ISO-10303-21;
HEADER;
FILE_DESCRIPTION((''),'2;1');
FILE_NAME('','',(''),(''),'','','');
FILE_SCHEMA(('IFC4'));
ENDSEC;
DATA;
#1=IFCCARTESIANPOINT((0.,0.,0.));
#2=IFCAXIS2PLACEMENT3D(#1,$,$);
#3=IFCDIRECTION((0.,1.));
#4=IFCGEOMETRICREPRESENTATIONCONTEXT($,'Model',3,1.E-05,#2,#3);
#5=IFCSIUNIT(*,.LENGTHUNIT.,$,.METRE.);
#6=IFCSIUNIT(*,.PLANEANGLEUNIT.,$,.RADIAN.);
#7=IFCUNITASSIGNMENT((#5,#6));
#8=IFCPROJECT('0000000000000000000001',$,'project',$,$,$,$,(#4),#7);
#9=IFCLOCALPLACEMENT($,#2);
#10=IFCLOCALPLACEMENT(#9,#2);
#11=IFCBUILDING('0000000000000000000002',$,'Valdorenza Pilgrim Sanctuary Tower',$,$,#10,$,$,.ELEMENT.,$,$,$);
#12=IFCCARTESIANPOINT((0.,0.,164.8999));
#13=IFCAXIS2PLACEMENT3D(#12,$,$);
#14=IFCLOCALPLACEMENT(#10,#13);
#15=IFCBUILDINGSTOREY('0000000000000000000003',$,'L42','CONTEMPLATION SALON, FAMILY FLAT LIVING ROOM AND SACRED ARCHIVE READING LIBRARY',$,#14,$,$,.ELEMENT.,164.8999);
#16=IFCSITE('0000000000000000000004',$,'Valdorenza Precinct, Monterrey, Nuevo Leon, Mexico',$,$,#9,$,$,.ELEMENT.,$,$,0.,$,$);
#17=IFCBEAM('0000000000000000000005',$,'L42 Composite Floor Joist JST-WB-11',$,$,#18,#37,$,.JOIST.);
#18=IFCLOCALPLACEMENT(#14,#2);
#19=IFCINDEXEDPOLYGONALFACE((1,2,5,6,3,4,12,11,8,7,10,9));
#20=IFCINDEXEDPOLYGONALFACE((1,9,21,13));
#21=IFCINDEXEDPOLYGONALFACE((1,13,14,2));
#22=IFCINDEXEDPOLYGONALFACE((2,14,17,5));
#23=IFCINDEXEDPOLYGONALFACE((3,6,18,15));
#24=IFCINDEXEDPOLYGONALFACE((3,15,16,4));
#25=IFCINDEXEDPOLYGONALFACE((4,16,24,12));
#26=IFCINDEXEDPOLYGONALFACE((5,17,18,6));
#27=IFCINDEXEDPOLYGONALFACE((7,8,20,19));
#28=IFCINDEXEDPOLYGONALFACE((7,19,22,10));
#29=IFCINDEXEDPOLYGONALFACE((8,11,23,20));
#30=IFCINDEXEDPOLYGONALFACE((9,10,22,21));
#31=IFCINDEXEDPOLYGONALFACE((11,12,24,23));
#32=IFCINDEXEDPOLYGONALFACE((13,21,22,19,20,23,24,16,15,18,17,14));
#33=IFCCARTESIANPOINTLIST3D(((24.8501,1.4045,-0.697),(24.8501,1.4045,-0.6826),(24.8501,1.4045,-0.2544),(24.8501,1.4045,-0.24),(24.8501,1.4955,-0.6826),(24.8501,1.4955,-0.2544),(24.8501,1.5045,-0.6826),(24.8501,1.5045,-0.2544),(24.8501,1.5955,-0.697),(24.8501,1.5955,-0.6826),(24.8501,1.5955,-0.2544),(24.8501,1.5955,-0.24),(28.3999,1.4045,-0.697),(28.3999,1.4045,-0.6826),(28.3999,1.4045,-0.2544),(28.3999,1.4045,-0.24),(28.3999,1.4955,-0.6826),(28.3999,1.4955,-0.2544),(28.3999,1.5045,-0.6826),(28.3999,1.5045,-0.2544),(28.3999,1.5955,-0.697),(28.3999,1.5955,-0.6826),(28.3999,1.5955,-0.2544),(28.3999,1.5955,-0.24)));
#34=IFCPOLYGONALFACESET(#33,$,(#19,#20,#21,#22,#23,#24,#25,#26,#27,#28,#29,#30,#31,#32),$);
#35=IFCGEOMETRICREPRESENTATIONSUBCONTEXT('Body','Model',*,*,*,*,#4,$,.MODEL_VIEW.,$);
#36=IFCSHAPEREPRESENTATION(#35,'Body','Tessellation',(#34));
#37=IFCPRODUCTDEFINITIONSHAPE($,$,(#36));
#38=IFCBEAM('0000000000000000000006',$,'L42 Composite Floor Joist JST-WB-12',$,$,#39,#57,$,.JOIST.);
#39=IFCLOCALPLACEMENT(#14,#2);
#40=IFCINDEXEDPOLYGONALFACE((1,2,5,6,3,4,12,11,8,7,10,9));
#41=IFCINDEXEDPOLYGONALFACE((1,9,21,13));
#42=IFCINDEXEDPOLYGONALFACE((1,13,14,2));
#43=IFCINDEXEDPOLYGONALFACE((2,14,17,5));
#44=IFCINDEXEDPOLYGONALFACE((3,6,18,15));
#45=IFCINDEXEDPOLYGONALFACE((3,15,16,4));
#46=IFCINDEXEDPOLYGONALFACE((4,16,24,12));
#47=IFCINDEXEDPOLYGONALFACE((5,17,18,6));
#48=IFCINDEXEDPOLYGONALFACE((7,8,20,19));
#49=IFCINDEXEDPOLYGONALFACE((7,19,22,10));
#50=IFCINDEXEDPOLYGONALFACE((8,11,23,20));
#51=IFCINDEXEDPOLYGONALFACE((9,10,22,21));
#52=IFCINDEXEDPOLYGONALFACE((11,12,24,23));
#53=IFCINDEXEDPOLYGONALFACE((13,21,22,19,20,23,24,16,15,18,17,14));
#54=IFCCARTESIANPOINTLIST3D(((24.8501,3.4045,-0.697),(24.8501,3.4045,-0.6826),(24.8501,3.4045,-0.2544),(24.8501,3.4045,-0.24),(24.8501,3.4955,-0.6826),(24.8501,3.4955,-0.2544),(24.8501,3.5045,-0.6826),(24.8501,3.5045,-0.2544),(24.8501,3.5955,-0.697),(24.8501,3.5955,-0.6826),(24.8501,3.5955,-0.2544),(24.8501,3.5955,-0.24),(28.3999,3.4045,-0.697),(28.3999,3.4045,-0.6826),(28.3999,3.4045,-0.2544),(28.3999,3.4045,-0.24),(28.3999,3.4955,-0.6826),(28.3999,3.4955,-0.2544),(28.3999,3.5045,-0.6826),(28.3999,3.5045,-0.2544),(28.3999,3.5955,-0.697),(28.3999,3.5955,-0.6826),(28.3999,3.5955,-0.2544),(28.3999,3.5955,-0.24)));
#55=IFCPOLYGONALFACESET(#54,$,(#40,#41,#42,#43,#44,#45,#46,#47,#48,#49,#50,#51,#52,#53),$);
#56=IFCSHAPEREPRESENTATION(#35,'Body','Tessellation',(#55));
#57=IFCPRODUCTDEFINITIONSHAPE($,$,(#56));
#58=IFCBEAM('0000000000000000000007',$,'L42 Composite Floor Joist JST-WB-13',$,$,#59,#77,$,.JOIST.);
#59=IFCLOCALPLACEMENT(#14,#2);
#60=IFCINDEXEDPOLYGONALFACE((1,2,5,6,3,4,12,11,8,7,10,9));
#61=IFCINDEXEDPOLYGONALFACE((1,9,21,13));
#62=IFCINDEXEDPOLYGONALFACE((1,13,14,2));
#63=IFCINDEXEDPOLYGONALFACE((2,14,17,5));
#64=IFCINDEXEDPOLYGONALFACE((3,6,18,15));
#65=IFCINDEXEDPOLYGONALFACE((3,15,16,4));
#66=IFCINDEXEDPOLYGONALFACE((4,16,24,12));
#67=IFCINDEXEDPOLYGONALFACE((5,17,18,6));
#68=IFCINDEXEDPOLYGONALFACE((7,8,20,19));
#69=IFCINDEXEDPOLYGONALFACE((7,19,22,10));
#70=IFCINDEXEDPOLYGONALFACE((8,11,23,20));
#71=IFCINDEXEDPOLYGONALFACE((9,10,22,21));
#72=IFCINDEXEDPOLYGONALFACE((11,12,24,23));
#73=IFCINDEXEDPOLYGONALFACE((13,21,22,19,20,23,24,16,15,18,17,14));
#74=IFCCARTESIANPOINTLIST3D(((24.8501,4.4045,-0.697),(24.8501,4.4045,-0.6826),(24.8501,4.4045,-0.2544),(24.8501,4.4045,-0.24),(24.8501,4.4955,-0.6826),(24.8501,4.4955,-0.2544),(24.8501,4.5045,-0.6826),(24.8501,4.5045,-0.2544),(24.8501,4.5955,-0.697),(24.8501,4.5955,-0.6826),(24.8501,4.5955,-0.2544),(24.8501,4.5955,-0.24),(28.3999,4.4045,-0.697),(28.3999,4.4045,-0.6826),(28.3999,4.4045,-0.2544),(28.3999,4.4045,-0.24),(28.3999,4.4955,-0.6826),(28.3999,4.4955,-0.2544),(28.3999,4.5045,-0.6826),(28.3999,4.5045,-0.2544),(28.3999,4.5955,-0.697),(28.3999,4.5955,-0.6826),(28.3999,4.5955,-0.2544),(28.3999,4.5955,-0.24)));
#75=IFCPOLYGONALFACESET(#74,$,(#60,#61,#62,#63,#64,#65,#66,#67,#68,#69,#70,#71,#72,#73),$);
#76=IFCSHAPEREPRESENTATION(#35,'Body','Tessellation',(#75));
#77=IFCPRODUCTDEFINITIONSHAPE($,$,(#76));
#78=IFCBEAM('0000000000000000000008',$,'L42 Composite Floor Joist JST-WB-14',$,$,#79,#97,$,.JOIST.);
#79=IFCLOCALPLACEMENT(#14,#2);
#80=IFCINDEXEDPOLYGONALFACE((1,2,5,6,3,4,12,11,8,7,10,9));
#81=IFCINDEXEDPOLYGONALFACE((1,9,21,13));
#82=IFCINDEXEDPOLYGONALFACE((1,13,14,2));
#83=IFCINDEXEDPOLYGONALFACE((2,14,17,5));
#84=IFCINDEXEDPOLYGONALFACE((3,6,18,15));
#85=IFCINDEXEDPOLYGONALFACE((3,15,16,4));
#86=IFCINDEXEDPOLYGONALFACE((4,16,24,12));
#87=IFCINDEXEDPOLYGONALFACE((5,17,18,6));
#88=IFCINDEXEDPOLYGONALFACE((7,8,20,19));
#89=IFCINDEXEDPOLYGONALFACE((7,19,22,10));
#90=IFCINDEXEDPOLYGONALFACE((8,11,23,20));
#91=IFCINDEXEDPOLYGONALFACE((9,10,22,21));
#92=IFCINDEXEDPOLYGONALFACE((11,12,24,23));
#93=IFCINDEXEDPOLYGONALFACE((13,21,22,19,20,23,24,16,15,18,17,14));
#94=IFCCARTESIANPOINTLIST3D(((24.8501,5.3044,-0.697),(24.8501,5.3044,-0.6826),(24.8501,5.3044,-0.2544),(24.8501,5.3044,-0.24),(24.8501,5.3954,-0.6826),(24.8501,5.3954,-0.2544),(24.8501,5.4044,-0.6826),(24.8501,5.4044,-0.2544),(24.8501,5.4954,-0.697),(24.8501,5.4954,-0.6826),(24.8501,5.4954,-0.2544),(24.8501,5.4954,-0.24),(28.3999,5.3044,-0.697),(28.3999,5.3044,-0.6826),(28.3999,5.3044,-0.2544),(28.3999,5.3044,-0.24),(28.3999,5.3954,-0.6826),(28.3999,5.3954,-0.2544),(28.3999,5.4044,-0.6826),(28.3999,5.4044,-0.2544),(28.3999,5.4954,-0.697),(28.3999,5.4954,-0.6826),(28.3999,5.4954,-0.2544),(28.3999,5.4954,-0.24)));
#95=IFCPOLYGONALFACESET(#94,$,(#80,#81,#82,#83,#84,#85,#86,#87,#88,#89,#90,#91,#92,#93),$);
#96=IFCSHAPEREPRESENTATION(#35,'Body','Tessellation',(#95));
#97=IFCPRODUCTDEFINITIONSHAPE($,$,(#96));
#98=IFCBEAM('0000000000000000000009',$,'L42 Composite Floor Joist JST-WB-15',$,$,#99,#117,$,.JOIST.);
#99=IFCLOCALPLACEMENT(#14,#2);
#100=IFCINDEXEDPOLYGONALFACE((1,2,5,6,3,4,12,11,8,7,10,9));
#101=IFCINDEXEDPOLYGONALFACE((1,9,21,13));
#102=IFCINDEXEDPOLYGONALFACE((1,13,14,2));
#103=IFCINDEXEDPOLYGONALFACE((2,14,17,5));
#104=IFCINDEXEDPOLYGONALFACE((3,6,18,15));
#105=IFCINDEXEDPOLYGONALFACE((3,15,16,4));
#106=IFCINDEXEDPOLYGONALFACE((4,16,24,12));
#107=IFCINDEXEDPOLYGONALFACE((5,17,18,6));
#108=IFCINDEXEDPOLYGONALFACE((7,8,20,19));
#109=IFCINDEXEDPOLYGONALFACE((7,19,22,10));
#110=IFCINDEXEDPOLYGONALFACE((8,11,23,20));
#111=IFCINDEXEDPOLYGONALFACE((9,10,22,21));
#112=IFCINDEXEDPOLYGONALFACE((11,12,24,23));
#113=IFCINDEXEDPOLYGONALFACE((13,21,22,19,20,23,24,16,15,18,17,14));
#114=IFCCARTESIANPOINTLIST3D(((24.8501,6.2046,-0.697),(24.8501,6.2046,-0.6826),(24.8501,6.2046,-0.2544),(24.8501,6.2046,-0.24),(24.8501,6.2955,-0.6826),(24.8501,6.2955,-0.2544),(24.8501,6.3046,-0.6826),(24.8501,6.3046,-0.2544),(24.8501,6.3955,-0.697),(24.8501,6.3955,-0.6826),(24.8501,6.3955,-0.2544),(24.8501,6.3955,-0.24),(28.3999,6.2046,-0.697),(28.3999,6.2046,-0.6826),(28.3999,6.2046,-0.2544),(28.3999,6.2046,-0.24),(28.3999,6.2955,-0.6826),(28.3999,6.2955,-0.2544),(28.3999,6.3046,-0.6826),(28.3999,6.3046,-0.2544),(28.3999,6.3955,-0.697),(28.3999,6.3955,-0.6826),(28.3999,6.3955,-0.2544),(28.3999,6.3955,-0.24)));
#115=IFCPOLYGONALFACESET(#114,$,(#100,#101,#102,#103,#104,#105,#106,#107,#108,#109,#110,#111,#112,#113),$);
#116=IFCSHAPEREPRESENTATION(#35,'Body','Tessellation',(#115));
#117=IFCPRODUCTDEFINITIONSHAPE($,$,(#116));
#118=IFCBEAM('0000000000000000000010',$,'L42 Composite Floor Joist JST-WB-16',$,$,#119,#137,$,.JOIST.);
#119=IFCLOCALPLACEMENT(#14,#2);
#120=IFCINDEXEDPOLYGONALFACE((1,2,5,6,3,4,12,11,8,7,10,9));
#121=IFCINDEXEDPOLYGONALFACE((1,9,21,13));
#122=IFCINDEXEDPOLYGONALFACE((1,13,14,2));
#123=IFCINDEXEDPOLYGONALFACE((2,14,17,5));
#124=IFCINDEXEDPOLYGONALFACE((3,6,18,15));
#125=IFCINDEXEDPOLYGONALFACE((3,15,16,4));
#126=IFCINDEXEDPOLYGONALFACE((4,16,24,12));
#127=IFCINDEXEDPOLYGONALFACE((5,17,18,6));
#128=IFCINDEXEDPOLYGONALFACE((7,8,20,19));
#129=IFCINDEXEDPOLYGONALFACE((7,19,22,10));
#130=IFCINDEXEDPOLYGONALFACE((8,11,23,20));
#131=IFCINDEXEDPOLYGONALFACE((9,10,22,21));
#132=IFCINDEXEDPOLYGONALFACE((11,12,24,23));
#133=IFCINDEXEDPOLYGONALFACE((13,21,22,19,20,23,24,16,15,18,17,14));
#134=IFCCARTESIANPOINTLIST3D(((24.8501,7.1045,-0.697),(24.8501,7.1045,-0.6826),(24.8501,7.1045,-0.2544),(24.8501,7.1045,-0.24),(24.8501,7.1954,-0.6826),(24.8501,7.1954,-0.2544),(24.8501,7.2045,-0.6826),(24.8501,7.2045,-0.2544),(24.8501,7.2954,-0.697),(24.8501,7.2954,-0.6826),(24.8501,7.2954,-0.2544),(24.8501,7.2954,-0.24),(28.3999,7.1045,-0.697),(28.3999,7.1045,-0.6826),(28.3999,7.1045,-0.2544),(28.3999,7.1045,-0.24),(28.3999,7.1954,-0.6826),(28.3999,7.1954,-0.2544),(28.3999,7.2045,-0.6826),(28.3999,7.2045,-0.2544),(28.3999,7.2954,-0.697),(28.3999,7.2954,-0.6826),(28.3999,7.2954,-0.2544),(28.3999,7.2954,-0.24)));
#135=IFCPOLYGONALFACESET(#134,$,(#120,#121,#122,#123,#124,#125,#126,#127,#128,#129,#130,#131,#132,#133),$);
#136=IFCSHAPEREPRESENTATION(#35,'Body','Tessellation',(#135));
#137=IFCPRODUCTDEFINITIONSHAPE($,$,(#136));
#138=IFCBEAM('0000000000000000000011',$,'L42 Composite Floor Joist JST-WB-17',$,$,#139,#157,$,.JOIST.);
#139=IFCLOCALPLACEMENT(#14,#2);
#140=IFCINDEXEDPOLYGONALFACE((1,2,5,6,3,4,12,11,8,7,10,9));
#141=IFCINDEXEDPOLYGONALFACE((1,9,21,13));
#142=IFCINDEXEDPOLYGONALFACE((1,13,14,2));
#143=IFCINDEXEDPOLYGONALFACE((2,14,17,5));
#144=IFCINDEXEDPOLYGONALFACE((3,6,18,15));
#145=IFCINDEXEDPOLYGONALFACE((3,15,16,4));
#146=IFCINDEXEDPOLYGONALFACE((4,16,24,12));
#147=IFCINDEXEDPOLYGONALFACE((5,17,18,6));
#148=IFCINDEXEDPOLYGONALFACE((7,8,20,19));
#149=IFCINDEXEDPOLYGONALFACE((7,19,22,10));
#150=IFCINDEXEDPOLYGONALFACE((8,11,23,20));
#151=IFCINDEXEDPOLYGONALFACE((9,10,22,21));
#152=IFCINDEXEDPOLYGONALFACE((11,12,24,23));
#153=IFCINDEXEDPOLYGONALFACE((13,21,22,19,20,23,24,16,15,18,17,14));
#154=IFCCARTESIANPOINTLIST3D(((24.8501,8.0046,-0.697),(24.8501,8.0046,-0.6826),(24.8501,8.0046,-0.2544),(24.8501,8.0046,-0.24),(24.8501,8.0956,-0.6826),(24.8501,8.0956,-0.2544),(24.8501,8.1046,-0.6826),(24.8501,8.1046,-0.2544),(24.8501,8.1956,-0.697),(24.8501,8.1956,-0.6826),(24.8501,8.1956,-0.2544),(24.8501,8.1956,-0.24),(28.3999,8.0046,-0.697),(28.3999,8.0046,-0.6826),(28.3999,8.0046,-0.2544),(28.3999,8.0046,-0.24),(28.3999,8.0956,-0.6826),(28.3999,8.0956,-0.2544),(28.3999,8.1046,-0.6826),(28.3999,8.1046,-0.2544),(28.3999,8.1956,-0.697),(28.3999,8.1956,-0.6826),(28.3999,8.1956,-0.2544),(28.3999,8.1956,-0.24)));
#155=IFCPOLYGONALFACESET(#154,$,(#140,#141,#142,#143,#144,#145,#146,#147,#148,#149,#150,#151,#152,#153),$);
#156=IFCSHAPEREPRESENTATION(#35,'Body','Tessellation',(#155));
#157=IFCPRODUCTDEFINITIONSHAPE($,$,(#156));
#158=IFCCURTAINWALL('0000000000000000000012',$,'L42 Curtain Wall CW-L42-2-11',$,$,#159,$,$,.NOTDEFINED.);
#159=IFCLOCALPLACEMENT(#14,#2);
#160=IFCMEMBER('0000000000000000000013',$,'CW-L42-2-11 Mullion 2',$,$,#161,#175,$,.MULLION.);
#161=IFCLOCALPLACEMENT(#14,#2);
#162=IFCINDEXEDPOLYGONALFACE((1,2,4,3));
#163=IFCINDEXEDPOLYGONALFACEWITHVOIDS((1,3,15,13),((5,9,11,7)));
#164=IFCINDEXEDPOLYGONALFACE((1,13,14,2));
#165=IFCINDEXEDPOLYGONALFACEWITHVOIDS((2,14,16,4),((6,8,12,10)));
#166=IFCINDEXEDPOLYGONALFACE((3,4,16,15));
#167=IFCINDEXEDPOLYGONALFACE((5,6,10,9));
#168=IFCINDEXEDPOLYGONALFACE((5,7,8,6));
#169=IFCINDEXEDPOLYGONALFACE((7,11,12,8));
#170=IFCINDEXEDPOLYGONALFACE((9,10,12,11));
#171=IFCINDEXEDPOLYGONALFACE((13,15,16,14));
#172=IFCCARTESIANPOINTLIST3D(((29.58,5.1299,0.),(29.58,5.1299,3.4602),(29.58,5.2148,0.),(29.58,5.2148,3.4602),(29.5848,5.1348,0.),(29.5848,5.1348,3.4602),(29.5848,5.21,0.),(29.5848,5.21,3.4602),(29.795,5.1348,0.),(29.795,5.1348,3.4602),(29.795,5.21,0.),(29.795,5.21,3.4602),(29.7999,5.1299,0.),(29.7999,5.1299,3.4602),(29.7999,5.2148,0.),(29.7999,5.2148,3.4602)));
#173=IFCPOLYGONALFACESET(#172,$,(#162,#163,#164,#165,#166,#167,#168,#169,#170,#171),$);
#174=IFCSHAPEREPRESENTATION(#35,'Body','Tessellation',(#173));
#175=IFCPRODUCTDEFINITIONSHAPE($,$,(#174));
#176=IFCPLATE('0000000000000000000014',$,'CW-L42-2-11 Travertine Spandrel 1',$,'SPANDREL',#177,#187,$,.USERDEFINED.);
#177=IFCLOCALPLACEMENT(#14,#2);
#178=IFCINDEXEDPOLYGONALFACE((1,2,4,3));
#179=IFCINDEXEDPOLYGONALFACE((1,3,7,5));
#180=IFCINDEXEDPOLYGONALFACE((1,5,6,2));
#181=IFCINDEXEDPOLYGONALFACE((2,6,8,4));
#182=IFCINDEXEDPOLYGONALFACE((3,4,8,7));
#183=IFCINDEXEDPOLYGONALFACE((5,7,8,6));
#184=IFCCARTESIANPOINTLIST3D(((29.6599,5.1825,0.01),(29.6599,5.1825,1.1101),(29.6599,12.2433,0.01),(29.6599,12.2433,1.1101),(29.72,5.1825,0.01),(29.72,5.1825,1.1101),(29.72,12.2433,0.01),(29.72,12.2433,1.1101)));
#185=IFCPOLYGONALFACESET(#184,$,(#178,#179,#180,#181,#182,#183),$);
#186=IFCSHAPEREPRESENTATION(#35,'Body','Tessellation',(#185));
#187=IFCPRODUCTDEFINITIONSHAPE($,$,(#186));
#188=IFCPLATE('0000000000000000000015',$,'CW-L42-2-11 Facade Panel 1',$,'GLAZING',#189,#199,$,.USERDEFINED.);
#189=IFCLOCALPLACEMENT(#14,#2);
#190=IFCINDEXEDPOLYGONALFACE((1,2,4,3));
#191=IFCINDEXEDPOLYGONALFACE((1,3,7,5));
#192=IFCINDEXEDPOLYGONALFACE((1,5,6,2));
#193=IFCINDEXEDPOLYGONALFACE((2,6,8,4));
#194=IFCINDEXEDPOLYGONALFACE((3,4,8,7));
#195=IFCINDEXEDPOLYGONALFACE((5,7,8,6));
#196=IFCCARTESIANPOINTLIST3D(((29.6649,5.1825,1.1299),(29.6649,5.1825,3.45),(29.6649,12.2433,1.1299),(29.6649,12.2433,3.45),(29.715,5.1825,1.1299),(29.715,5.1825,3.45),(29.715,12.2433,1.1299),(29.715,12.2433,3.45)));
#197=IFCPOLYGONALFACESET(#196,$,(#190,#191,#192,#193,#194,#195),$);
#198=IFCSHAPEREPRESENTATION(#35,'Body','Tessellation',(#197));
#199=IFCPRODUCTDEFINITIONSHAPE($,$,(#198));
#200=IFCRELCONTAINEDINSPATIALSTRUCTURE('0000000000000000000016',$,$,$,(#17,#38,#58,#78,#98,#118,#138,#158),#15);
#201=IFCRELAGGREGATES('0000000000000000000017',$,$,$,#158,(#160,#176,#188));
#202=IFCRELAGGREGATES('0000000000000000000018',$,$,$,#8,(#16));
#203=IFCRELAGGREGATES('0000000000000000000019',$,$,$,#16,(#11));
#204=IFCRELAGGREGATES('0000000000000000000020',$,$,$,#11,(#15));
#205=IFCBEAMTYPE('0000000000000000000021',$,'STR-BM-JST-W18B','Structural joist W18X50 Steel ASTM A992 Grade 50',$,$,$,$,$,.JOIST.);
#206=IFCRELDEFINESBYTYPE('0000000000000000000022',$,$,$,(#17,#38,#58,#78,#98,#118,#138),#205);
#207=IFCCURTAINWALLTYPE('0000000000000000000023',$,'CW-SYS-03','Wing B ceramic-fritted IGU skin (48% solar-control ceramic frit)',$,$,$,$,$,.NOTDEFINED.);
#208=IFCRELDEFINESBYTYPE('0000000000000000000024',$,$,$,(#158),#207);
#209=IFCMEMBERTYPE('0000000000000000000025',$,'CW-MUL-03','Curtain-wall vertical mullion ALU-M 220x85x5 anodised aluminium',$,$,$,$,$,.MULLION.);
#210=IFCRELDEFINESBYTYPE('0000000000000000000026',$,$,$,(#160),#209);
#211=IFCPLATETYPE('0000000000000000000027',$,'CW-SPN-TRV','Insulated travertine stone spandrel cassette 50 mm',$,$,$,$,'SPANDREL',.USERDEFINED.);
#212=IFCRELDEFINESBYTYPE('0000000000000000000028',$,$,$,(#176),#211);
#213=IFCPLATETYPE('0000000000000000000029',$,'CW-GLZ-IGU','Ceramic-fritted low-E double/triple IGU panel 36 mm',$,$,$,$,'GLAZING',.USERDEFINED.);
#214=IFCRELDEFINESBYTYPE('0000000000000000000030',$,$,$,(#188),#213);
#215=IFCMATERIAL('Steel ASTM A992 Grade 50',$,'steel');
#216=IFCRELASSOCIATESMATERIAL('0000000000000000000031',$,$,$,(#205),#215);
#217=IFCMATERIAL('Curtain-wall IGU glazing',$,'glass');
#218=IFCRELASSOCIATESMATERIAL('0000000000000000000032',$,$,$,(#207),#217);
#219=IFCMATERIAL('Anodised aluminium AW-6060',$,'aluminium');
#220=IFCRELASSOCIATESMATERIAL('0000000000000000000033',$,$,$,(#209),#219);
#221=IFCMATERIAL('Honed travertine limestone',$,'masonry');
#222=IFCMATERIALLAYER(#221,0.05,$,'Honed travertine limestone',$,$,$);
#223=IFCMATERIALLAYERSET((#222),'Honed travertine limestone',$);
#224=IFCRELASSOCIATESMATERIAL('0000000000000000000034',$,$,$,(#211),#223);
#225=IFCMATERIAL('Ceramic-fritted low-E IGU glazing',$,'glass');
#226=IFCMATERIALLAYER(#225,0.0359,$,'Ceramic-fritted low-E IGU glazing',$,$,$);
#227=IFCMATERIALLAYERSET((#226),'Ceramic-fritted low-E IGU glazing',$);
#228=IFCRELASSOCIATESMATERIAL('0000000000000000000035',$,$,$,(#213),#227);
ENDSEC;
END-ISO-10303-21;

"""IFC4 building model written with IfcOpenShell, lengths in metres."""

from ifc_helpers import new_model, si_unit, direction, frame, origin, origin_2d, place, context, subcontext, project, spatial, rectangle, hollow_rectangle, i_section, extrude, source, transform, mapped, material, layer, layer_set, material_profile, profile_set, type_object, element, aggregate, save


model = new_model("IFC4")

# Units and contexts
model_context = context("Model", 3, precision=1e-05, world=origin(), true_north=direction((0.0, 1.0)))
body_context = subcontext(model_context, "Body", "Model", "MODEL_VIEW")
ifc_project = project(units=[si_unit("LENGTHUNIT", "METRE"), si_unit("PLANEANGLEUNIT", "RADIAN")], contexts=[model_context])

# Site, building, storey
site_placement = place(None, origin())
site = spatial("IfcSite", under=ifc_project, at=site_placement, Name="Valdorenza Precinct, Monterrey, Nuevo Leon, Mexico", CompositionType="ELEMENT", RefElevation=0.0)
building_placement = place(site_placement, origin())
building = spatial("IfcBuilding", under=site, at=building_placement, Name="Valdorenza Pilgrim Sanctuary Tower", CompositionType="ELEMENT")
storey_placement = place(building_placement, frame((0.0, 0.0, 164.8999)))
storey = spatial("IfcBuildingStorey", under=building, at=storey_placement, Name="L42", Description="CONTEMPLATION SALON, FAMILY FLAT LIVING ROOM AND SACRED ARCHIVE READING LIBRARY", CompositionType="ELEMENT", Elevation=164.8999)

# Beams
ifc_material_1 = material(Name="Steel ASTM A992 Grade 50", Category="steel")
ifc_material_profile_1 = material_profile(ifc_material_1, i_section(OverallWidth=0.1909, OverallDepth=0.457, WebThickness=0.009, FlangeThickness=0.0144, at=origin_2d()), Name="W18X50")
ifc_profile_set_1 = profile_set([ifc_material_profile_1], Name="Steel ASTM A992 Grade 50")
beam_type = type_object("IfcBeamType", Name="STR-BM-JST-W18B", Description="Structural joist W18X50 Steel ASTM A992 Grade 50", PredefinedType="JOIST", material=ifc_profile_set_1)
shared_shape_1 = source(origin(), body_context, "Body", "SweptSolid", [
    extrude(i_section(OverallWidth=0.1909, OverallDepth=0.457, WebThickness=0.009, FlangeThickness=0.0144, at=origin_2d()), origin(), (0.0, 0.0, 1.0), 3.5498),
])
for number, where, z_axis, x_axis, name in (
    (1, (24.8501, 1.5, -0.4685), (1.0, 0.0, 0.0), (0.0, 1.0, 0.0), "L42 Composite Floor Joist JST-WB-11"),
    (2, (24.8501, 3.5, -0.4685), (1.0, 0.0, 0.0), (0.0, 1.0, 0.0), "L42 Composite Floor Joist JST-WB-12"),
    (3, (24.8501, 4.5, -0.4685), (1.0, 0.0, 0.0), (0.0, 1.0, 0.0), "L42 Composite Floor Joist JST-WB-13"),
    (4, (24.8501, 5.3999, -0.4685), (1.0, 0.0, 0.0), (0.0, 1.0, 0.0), "L42 Composite Floor Joist JST-WB-14"),
    (5, (24.8501, 6.3, -0.4685), (1.0, 0.0, 0.0), (0.0, 1.0, 0.0), "L42 Composite Floor Joist JST-WB-15"),
    (6, (24.8501, 7.2, -0.4685), (1.0, 0.0, 0.0), (0.0, 1.0, 0.0), "L42 Composite Floor Joist JST-WB-16"),
    (7, (24.8501, 8.1001, -0.4685), (1.0, 0.0, 0.0), (0.0, 1.0, 0.0), "L42 Composite Floor Joist JST-WB-17"),
):
    element("IfcBeam", number, at=place(storey_placement, frame(where, z_axis=z_axis, x_axis=x_axis)), inside=storey, type_object=beam_type, Name=name, PredefinedType="JOIST", context=body_context, shape_type="MappedRepresentation", body=[
        mapped(shared_shape_1, transform((0.0, 0.0, 0.0), x_axis=(1.0, 0.0, 0.0), y_axis=(0.0, 1.0, 0.0), z_axis=(0.0, 0.0, 1.0), scale=1.0)),
    ])

# Curtain wall, member, plates
ifc_material_2 = material(Name="Curtain-wall IGU glazing", Category="glass")
curtain_wall_type = type_object("IfcCurtainWallType", Name="CW-SYS-03", Description="Wing B ceramic-fritted IGU skin (48% solar-control ceramic frit)", PredefinedType="NOTDEFINED", material=ifc_material_2)
curtain_wall_placement = place(storey_placement, origin())
curtain_wall = element("IfcCurtainWall", 8, at=curtain_wall_placement, inside=storey, type_object=curtain_wall_type, Name="L42 Curtain Wall CW-L42-2-11", PredefinedType="NOTDEFINED")
ifc_material_3 = material(Name="Anodised aluminium AW-6060", Category="aluminium")
ifc_material_profile_2 = material_profile(ifc_material_3, hollow_rectangle(XDim=0.085, YDim=0.22, WallThickness=0.0049, at=origin_2d()), Name="ALU-M 220x85x5")
ifc_profile_set_2 = profile_set([ifc_material_profile_2], Name="Anodised aluminium AW-6060")
member_type = type_object("IfcMemberType", Name="CW-MUL-03", Description="Curtain-wall vertical mullion ALU-M 220x85x5 anodised aluminium", PredefinedType="MULLION", material=ifc_profile_set_2)
shared_shape_2 = source(origin(), body_context, "Body", "SweptSolid", [
    extrude(hollow_rectangle(XDim=0.085, YDim=0.22, WallThickness=0.0049, at=origin_2d()), origin(), (0.0, 0.0, 1.0), 3.4602),
])
member_placement = place(storey_placement, frame((29.6899, 5.1724, 0.0), z_axis=(0.0, 0.0, 1.0), x_axis=(0.0, -1.0, 0.0)))
member = element("IfcMember", 9, at=member_placement, type_object=member_type, Name="CW-L42-2-11 Mullion 2", PredefinedType="MULLION", context=body_context, shape_type="MappedRepresentation", body=[
    mapped(shared_shape_2, transform((0.0, 0.0, 0.0), x_axis=(1.0, 0.0, 0.0), y_axis=(0.0, 1.0, 0.0), z_axis=(0.0, 0.0, 1.0), scale=1.0)),
])
ifc_material_4 = material(Name="Honed travertine limestone", Category="masonry")
ifc_layer_1 = layer(ifc_material_4, 0.05, Name="Honed travertine limestone")
ifc_layer_set_1 = layer_set([ifc_layer_1], Name="Honed travertine limestone")
plate_type_1 = type_object("IfcPlateType", Name="CW-SPN-TRV", Description="Insulated travertine stone spandrel cassette 50 mm", ElementType="SPANDREL", PredefinedType="USERDEFINED", material=ifc_layer_set_1)
shared_shape_3 = source(origin(), body_context, "Body", "SweptSolid", [
    extrude(rectangle(XDim=7.0608, YDim=0.0601, at=origin_2d()), origin(), (0.0, 0.0, 1.0), 1.1001),
])
plate_1_placement = place(storey_placement, frame((29.6899, 8.7129, 0.01), z_axis=(0.0, 0.0, 1.0), x_axis=(0.0, -1.0, 0.0)))
plate_1 = element("IfcPlate", 10, at=plate_1_placement, type_object=plate_type_1, Name="CW-L42-2-11 Travertine Spandrel 1", ObjectType="SPANDREL", PredefinedType="USERDEFINED", context=body_context, shape_type="MappedRepresentation", body=[
    mapped(shared_shape_3, transform((0.0, 0.0, 0.0), x_axis=(1.0, 0.0, 0.0), y_axis=(0.0, 1.0, 0.0), z_axis=(0.0, 0.0, 1.0), scale=1.0)),
])
ifc_material_5 = material(Name="Ceramic-fritted low-E IGU glazing", Category="glass")
ifc_layer_2 = layer(ifc_material_5, 0.0359, Name="Ceramic-fritted low-E IGU glazing")
ifc_layer_set_2 = layer_set([ifc_layer_2], Name="Ceramic-fritted low-E IGU glazing")
plate_type_2 = type_object("IfcPlateType", Name="CW-GLZ-IGU", Description="Ceramic-fritted low-E double/triple IGU panel 36 mm", ElementType="GLAZING", PredefinedType="USERDEFINED", material=ifc_layer_set_2)
shared_shape_4 = source(origin(), body_context, "Body", "SweptSolid", [
    extrude(rectangle(XDim=7.0608, YDim=0.05, at=origin_2d()), origin(), (0.0, 0.0, 1.0), 2.3201),
])
plate_2_placement = place(storey_placement, frame((29.6899, 8.7129, 1.1299), z_axis=(0.0, 0.0, 1.0), x_axis=(0.0, -1.0, 0.0)))
plate_2 = element("IfcPlate", 11, at=plate_2_placement, type_object=plate_type_2, Name="CW-L42-2-11 Facade Panel 1", ObjectType="GLAZING", PredefinedType="USERDEFINED", context=body_context, shape_type="MappedRepresentation", body=[
    mapped(shared_shape_4, transform((0.0, 0.0, 0.0), x_axis=(1.0, 0.0, 0.0), y_axis=(0.0, 1.0, 0.0), z_axis=(0.0, 0.0, 1.0), scale=1.0)),
])
aggregate(curtain_wall, [member, plate_1, plate_2])

save(model, "model.ifc")
